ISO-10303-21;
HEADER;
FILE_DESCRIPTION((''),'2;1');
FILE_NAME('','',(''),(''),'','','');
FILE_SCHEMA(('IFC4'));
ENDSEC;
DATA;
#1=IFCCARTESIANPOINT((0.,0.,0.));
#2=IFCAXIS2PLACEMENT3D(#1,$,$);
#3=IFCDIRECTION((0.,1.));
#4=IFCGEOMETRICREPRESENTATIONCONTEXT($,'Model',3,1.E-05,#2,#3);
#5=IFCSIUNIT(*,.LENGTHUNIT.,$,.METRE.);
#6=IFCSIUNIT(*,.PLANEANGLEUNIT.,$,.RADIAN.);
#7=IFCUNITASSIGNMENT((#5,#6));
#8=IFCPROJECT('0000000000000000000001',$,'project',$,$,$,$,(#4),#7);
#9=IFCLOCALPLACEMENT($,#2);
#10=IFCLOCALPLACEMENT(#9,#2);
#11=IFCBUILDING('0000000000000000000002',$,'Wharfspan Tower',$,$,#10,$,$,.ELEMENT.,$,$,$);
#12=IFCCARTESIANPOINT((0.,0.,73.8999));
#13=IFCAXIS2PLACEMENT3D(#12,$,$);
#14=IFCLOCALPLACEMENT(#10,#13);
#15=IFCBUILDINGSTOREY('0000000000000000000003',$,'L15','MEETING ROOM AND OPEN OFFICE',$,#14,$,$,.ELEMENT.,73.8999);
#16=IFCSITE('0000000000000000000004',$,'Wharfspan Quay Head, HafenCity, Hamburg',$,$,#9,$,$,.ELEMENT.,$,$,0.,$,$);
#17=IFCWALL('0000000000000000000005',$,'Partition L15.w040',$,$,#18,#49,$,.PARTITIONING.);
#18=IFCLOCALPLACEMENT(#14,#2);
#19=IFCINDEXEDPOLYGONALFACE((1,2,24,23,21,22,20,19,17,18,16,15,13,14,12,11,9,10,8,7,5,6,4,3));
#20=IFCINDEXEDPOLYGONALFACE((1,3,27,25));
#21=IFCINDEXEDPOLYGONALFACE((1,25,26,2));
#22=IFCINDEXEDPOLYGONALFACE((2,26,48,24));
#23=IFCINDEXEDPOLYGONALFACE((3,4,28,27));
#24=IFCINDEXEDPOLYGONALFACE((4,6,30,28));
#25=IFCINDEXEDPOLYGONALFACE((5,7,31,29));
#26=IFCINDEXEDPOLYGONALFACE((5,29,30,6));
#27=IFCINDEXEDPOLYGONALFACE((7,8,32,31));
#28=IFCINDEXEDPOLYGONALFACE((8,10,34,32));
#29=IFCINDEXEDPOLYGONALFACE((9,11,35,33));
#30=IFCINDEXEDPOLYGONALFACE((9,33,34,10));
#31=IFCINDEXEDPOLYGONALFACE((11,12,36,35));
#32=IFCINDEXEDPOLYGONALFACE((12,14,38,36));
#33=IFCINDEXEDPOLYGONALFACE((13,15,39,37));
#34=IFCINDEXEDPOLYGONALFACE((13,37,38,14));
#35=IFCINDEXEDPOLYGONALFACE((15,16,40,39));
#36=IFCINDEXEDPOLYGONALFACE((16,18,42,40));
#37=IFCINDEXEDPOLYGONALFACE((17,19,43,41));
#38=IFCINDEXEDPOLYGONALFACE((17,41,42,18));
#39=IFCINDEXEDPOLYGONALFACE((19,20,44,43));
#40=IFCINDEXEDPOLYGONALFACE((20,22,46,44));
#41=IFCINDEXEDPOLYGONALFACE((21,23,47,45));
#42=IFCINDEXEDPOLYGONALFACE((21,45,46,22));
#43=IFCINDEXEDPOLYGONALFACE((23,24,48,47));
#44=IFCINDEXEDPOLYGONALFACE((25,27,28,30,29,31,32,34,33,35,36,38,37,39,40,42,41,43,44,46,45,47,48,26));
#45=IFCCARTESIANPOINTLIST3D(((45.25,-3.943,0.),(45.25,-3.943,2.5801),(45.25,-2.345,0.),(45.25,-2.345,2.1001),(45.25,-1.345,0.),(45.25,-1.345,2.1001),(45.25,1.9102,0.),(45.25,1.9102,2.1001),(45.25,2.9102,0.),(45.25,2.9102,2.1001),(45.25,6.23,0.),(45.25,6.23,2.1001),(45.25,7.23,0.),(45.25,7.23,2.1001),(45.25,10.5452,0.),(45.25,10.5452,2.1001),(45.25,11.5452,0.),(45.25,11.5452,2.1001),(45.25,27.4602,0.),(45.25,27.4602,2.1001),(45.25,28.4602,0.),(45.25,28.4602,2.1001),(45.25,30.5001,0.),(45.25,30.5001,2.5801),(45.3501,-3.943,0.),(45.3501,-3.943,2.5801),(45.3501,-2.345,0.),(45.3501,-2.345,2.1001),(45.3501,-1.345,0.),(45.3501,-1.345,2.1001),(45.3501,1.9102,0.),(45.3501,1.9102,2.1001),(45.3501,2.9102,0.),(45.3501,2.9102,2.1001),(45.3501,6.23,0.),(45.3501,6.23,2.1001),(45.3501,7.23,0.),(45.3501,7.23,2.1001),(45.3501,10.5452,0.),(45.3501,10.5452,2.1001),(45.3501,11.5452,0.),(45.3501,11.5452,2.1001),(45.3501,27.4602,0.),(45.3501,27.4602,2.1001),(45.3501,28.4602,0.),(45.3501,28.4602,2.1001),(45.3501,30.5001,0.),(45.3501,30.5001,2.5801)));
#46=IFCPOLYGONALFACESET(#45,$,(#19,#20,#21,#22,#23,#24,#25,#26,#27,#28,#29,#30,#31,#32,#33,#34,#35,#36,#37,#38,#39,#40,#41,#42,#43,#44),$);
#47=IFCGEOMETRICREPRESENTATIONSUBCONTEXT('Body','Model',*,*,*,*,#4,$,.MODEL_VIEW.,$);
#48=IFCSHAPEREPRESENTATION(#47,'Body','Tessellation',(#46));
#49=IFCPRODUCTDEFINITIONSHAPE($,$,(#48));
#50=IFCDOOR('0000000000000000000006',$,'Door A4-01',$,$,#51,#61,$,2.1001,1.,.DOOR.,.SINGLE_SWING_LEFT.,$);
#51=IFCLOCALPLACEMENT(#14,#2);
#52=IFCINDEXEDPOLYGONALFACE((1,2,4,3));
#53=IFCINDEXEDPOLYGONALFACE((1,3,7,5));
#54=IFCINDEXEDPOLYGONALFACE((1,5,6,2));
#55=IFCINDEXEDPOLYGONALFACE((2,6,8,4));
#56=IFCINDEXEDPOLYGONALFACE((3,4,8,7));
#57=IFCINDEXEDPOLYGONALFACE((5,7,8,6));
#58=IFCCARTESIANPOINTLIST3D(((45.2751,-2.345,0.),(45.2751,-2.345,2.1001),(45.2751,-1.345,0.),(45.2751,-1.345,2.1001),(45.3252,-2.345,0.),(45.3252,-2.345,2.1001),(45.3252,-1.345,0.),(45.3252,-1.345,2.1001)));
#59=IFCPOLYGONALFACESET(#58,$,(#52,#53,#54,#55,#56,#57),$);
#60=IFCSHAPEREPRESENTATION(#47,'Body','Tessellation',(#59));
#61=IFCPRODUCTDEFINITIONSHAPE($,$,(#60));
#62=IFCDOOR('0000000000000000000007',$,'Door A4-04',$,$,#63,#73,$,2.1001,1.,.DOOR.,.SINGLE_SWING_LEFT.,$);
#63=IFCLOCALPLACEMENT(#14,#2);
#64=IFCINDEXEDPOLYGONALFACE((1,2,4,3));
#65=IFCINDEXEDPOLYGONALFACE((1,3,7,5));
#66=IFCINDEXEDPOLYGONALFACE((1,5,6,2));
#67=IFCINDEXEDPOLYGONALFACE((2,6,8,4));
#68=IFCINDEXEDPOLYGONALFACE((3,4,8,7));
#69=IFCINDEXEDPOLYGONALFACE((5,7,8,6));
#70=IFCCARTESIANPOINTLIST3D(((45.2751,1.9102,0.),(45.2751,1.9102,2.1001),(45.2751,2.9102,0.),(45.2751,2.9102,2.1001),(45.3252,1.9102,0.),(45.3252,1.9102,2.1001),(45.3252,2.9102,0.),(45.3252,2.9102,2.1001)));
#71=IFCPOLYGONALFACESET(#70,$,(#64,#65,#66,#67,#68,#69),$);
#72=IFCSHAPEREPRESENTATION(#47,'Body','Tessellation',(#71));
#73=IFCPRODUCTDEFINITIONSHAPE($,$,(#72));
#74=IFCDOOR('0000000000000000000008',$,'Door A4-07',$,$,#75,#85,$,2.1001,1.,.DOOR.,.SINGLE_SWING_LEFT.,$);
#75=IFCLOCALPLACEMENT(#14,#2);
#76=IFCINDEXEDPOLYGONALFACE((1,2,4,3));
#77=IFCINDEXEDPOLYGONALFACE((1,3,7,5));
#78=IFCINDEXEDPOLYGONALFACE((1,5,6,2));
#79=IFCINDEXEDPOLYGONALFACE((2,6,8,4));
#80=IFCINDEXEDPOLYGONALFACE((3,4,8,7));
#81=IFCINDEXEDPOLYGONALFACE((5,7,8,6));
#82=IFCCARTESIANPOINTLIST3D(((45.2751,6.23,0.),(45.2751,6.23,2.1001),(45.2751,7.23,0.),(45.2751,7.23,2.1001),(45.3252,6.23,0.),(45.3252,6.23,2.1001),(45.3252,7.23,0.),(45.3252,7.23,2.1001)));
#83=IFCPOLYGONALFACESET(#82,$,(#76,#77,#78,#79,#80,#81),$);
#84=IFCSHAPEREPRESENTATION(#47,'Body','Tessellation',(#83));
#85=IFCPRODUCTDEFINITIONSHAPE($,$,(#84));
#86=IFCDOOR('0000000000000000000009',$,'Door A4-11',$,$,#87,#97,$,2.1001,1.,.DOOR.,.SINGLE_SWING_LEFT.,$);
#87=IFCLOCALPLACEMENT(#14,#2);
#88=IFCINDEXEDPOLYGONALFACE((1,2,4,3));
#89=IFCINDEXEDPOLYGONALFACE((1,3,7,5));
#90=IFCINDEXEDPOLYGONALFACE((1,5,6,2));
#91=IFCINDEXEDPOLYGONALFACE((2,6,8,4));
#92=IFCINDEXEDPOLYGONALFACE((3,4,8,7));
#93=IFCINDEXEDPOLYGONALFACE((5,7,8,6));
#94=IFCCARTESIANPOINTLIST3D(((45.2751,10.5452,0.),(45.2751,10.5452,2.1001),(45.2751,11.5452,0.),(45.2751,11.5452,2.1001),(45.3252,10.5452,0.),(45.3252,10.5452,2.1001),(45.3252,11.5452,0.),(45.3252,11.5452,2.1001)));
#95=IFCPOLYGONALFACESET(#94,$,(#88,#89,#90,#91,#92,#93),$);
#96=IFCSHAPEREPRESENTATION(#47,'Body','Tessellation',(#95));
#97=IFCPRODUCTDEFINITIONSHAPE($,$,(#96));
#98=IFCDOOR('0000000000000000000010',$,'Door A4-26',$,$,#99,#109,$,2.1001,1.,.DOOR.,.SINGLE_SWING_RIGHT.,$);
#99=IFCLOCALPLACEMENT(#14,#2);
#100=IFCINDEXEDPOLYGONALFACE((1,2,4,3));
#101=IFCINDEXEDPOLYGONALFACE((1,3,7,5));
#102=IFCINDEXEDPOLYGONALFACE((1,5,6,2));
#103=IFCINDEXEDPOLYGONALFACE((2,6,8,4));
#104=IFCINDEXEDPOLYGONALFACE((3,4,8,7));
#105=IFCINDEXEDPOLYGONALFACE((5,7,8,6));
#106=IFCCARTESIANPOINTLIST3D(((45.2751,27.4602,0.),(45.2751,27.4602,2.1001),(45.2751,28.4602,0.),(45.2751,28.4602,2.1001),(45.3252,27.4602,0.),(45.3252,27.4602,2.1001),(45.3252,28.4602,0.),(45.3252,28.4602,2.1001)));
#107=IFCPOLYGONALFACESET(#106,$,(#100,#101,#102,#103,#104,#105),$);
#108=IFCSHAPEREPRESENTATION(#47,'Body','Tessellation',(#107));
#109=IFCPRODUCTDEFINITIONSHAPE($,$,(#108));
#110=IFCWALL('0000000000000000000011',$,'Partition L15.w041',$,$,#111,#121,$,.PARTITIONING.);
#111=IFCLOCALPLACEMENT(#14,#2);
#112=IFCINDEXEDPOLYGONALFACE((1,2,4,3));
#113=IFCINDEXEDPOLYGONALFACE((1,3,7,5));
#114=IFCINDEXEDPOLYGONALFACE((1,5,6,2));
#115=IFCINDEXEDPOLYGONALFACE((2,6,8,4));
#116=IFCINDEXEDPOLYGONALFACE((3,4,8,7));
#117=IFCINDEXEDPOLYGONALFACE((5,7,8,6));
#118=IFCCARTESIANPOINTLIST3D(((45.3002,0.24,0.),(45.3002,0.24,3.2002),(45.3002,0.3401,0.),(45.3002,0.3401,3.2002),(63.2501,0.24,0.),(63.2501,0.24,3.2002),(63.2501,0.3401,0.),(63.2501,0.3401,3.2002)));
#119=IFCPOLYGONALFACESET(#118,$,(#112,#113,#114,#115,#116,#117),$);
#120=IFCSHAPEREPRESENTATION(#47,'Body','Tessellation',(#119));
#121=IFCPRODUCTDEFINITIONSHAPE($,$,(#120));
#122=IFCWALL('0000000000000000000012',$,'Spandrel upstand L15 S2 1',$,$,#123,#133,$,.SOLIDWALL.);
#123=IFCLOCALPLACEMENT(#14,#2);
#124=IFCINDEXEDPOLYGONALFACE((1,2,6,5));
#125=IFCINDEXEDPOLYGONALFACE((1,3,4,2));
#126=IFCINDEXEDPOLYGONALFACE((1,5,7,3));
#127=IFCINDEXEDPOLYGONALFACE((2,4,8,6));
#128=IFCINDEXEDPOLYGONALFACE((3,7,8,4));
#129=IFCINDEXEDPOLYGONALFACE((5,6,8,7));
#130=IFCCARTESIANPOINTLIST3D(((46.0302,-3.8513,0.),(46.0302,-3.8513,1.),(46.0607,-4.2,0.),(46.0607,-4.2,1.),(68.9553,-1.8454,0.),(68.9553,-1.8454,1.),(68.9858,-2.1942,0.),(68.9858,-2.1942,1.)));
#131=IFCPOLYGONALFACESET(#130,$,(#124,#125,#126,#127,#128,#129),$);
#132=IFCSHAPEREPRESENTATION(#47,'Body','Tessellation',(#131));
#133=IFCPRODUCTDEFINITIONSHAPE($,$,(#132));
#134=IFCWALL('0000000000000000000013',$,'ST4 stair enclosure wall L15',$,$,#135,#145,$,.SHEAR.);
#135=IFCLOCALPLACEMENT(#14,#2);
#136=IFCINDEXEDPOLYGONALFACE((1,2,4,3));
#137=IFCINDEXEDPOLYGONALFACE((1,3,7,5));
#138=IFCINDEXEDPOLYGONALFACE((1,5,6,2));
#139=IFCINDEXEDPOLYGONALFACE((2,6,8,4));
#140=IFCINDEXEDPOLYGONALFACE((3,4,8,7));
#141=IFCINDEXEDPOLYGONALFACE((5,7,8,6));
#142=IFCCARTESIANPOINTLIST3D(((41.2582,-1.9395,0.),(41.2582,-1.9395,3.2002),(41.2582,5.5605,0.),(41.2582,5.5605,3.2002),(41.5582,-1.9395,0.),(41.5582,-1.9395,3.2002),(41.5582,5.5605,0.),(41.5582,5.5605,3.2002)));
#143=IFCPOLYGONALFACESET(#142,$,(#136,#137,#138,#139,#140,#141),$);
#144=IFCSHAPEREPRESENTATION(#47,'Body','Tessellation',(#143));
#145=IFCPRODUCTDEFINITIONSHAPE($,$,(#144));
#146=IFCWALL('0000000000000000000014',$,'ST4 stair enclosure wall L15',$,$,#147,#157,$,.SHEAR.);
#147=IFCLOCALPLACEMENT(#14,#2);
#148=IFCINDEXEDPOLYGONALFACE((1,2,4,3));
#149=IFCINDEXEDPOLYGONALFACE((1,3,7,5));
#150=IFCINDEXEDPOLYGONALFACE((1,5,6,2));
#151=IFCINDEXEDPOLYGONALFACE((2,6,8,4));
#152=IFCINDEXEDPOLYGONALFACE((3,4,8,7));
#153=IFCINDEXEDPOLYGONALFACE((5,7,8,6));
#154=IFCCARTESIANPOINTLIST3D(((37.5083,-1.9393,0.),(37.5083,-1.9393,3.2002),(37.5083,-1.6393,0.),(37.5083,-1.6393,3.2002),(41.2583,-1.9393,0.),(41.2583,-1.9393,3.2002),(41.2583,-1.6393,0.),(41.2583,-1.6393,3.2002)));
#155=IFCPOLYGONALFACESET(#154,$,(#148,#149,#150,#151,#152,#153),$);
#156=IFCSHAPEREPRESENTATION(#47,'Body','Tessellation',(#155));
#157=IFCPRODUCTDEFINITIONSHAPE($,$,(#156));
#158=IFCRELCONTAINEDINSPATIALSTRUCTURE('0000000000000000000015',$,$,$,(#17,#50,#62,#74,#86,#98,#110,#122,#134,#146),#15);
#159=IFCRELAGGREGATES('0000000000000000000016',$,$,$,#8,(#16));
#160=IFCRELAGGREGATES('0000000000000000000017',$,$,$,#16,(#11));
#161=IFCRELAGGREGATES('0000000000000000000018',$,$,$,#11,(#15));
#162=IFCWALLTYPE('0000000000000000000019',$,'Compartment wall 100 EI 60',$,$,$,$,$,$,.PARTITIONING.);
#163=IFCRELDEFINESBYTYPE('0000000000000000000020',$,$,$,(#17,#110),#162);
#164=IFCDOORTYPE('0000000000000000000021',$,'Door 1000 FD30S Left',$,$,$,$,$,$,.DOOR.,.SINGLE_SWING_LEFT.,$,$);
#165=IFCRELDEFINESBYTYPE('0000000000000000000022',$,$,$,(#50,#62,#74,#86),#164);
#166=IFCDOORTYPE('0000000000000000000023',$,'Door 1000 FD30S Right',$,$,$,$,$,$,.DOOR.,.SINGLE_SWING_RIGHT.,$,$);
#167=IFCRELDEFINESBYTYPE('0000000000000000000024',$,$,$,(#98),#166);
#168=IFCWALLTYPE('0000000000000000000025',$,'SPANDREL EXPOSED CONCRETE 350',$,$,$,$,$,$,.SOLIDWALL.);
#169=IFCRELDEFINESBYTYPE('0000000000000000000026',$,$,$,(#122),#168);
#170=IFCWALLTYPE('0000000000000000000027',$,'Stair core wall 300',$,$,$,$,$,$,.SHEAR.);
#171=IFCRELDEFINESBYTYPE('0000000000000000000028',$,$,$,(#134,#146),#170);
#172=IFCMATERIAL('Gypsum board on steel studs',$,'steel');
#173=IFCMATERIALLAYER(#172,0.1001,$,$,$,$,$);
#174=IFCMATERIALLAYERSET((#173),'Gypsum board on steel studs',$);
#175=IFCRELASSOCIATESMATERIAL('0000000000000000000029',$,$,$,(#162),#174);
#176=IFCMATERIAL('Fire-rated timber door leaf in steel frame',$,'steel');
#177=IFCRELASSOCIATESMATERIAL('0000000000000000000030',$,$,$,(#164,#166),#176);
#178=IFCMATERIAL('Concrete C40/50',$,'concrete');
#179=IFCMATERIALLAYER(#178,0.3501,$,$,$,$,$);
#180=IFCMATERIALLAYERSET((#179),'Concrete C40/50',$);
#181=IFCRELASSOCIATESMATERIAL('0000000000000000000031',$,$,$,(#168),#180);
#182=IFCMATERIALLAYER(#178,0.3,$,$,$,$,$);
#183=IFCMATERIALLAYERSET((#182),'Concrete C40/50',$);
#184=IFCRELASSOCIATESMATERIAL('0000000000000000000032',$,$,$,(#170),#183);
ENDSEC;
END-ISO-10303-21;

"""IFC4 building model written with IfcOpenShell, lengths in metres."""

from ifc_helpers import new_model, si_unit, direction, frame, frame_2d, origin, place, context, subcontext, project, spatial, rectangle, extrude, material, layer, layer_set, type_object, element, fill, save


model = new_model("IFC4")

# Units and contexts
model_context = context("Model", 3, precision=1e-05, world=origin(), true_north=direction((0.0, 1.0)))
body_context = subcontext(model_context, "Body", "Model", "MODEL_VIEW")
ifc_project = project(units=[si_unit("LENGTHUNIT", "METRE"), si_unit("PLANEANGLEUNIT", "RADIAN")], contexts=[model_context])

# Site, building, storey
site_placement = place(None, origin())
site = spatial("IfcSite", under=ifc_project, at=site_placement, Name="Wharfspan Quay Head, HafenCity, Hamburg", CompositionType="ELEMENT", RefElevation=0.0)
building_placement = place(site_placement, origin())
building = spatial("IfcBuilding", under=site, at=building_placement, Name="Wharfspan Tower", CompositionType="ELEMENT")
storey_placement = place(building_placement, frame((0.0, 0.0, 73.8999)))
storey = spatial("IfcBuildingStorey", under=building, at=storey_placement, Name="L15", Description="MEETING ROOM AND OPEN OFFICE", CompositionType="ELEMENT", Elevation=73.8999)

# Wall, openings, doors
ifc_material_1 = material(Name="Gypsum board on steel studs", Category="steel")
ifc_layer_1 = layer(ifc_material_1, 0.1001)
ifc_layer_set_1 = layer_set([ifc_layer_1], Name="Gypsum board on steel studs")
wall_type_1 = type_object("IfcWallType", Name="Compartment wall 100 EI 60", PredefinedType="PARTITIONING", material=ifc_layer_set_1)
wall_1_placement = place(storey_placement, frame((45.3, -3.9431, 0.0), z_axis=(0.0, 0.0, 1.0), x_axis=(0.0, 1.0, 0.0)))
wall_1 = element("IfcWall", 1, at=wall_1_placement, inside=storey, type_object=wall_type_1, Name="Partition L15.w040", PredefinedType="PARTITIONING", context=body_context, shape_type="SweptSolid", body=[
    extrude(rectangle(XDim=34.4431, YDim=0.1001, at=frame_2d((17.2217, 0.0))), origin(), (0.0, 0.0, 1.0), 2.5801),
])
opening_1_placement = place(wall_1_placement, frame((1.5981, 0.0, 0.0)))
opening_1 = element("IfcOpeningElement", 2, at=opening_1_placement, cuts=wall_1, PredefinedType="OPENING", context=body_context, shape_type="SweptSolid", body=[
    extrude(rectangle(XDim=1.0, YDim=2.1001, at=frame_2d((0.5, 1.05))), frame((0.0, 0.0601, 0.0), z_axis=(0.0, -1.0, 0.0), x_axis=(1.0, 0.0, 0.0)), (0.0, 0.0, 1.0), 0.1201),
])
opening_2_placement = place(wall_1_placement, frame((5.8533, 0.0, 0.0)))
opening_2 = element("IfcOpeningElement", 3, at=opening_2_placement, cuts=wall_1, PredefinedType="OPENING", context=body_context, shape_type="SweptSolid", body=[
    extrude(rectangle(XDim=1.0, YDim=2.1001, at=frame_2d((0.5, 1.05))), frame((0.0, 0.0601, 0.0), z_axis=(0.0, -1.0, 0.0), x_axis=(1.0, 0.0, 0.0)), (0.0, 0.0, 1.0), 0.1201),
])
opening_3_placement = place(wall_1_placement, frame((10.1731, 0.0, 0.0)))
opening_3 = element("IfcOpeningElement", 4, at=opening_3_placement, cuts=wall_1, PredefinedType="OPENING", context=body_context, shape_type="SweptSolid", body=[
    extrude(rectangle(XDim=1.0, YDim=2.1001, at=frame_2d((0.5, 1.05))), frame((0.0, 0.0601, 0.0), z_axis=(0.0, -1.0, 0.0), x_axis=(1.0, 0.0, 0.0)), (0.0, 0.0, 1.0), 0.1201),
])
opening_4_placement = place(wall_1_placement, frame((14.4883, 0.0, 0.0)))
opening_4 = element("IfcOpeningElement", 5, at=opening_4_placement, cuts=wall_1, PredefinedType="OPENING", context=body_context, shape_type="SweptSolid", body=[
    extrude(rectangle(XDim=1.0, YDim=2.1001, at=frame_2d((0.5, 1.05))), frame((0.0, 0.0601, 0.0), z_axis=(0.0, -1.0, 0.0), x_axis=(1.0, 0.0, 0.0)), (0.0, 0.0, 1.0), 0.1201),
])
opening_5_placement = place(wall_1_placement, frame((31.4033, 0.0, 0.0)))
opening_5 = element("IfcOpeningElement", 6, at=opening_5_placement, cuts=wall_1, PredefinedType="OPENING", context=body_context, shape_type="SweptSolid", body=[
    extrude(rectangle(XDim=1.0, YDim=2.1001, at=frame_2d((0.5, 1.05))), frame((0.0, 0.0601, 0.0), z_axis=(0.0, -1.0, 0.0), x_axis=(1.0, 0.0, 0.0)), (0.0, 0.0, 1.0), 0.1201),
])
ifc_material_2 = material(Name="Fire-rated timber door leaf in steel frame", Category="steel")
door_type_1 = type_object("IfcDoorType", Name="Door 1000 FD30S Left", OperationType="SINGLE_SWING_LEFT", PredefinedType="DOOR", material=ifc_material_2)
door_1_placement = place(opening_1_placement, origin())
door_1 = element("IfcDoor", 7, at=door_1_placement, inside=storey, type_object=door_type_1, Name="Door A4-01", OperationType="SINGLE_SWING_LEFT", OverallHeight=2.1001, OverallWidth=1.0, PredefinedType="DOOR", context=body_context, shape_type="SweptSolid", body=[
    extrude(rectangle(XDim=1.0, YDim=2.1001, at=frame_2d((0.5, 1.05))), frame((0.0, 0.0249, 0.0), z_axis=(0.0, -1.0, 0.0), x_axis=(1.0, 0.0, 0.0)), (0.0, 0.0, 1.0), 0.05),
])
fill(opening_1, door_1)
door_2_placement = place(opening_2_placement, origin())
door_2 = element("IfcDoor", 8, at=door_2_placement, inside=storey, type_object=door_type_1, Name="Door A4-04", OperationType="SINGLE_SWING_LEFT", OverallHeight=2.1001, OverallWidth=1.0, PredefinedType="DOOR", context=body_context, shape_type="SweptSolid", body=[
    extrude(rectangle(XDim=1.0, YDim=2.1001, at=frame_2d((0.5, 1.05))), frame((0.0, 0.0249, 0.0), z_axis=(0.0, -1.0, 0.0), x_axis=(1.0, 0.0, 0.0)), (0.0, 0.0, 1.0), 0.05),
])
fill(opening_2, door_2)
door_3_placement = place(opening_3_placement, origin())
door_3 = element("IfcDoor", 9, at=door_3_placement, inside=storey, type_object=door_type_1, Name="Door A4-07", OperationType="SINGLE_SWING_LEFT", OverallHeight=2.1001, OverallWidth=1.0, PredefinedType="DOOR", context=body_context, shape_type="SweptSolid", body=[
    extrude(rectangle(XDim=1.0, YDim=2.1001, at=frame_2d((0.5, 1.05))), frame((0.0, 0.0249, 0.0), z_axis=(0.0, -1.0, 0.0), x_axis=(1.0, 0.0, 0.0)), (0.0, 0.0, 1.0), 0.05),
])
fill(opening_3, door_3)
door_4_placement = place(opening_4_placement, origin())
door_4 = element("IfcDoor", 10, at=door_4_placement, inside=storey, type_object=door_type_1, Name="Door A4-11", OperationType="SINGLE_SWING_LEFT", OverallHeight=2.1001, OverallWidth=1.0, PredefinedType="DOOR", context=body_context, shape_type="SweptSolid", body=[
    extrude(rectangle(XDim=1.0, YDim=2.1001, at=frame_2d((0.5, 1.05))), frame((0.0, 0.0249, 0.0), z_axis=(0.0, -1.0, 0.0), x_axis=(1.0, 0.0, 0.0)), (0.0, 0.0, 1.0), 0.05),
])
fill(opening_4, door_4)
door_type_2 = type_object("IfcDoorType", Name="Door 1000 FD30S Right", OperationType="SINGLE_SWING_RIGHT", PredefinedType="DOOR", material=ifc_material_2)
door_5_placement = place(opening_5_placement, origin())
door_5 = element("IfcDoor", 11, at=door_5_placement, inside=storey, type_object=door_type_2, Name="Door A4-26", OperationType="SINGLE_SWING_RIGHT", OverallHeight=2.1001, OverallWidth=1.0, PredefinedType="DOOR", context=body_context, shape_type="SweptSolid", body=[
    extrude(rectangle(XDim=1.0, YDim=2.1001, at=frame_2d((0.5, 1.05))), frame((0.0, 0.0249, 0.0), z_axis=(0.0, -1.0, 0.0), x_axis=(1.0, 0.0, 0.0)), (0.0, 0.0, 1.0), 0.05),
])
fill(opening_5, door_5)

# Walls
wall_2_placement = place(storey_placement, frame((45.3, 0.29, 0.0), z_axis=(0.0, 0.0, 1.0), x_axis=(1.0, 0.0, 0.0)))
element("IfcWall", 12, at=wall_2_placement, inside=storey, type_object=wall_type_1, Name="Partition L15.w041", PredefinedType="PARTITIONING", context=body_context, shape_type="SweptSolid", body=[
    extrude(rectangle(XDim=17.95, YDim=0.1001, at=frame_2d((8.9751, 0.0))), origin(), (0.0, 0.0, 1.0), 3.2002),
])
ifc_material_3 = material(Name="Concrete C40/50", Category="concrete")
ifc_layer_2 = layer(ifc_material_3, 0.3501)
ifc_layer_set_2 = layer_set([ifc_layer_2], Name="Concrete C40/50")
wall_type_2 = type_object("IfcWallType", Name="SPANDREL EXPOSED CONCRETE 350", PredefinedType="SOLIDWALL", material=ifc_layer_set_2)
wall_3_placement = place(storey_placement, frame((46.0454, -4.0256, 0.0), z_axis=(0.0, 0.0, 1.0), x_axis=(0.99619, 0.087163, 0.0)))
element("IfcWall", 13, at=wall_3_placement, inside=storey, type_object=wall_type_2, Name="Spandrel upstand L15 S2 1", PredefinedType="SOLIDWALL", context=body_context, shape_type="SweptSolid", body=[
    extrude(rectangle(XDim=23.0127, YDim=0.3501, at=frame_2d((11.5063, 0.0))), origin(), (0.0, 0.0, 1.0), 1.0),
])
ifc_layer_3 = layer(ifc_material_3, 0.3)
ifc_layer_set_3 = layer_set([ifc_layer_3], Name="Concrete C40/50")
wall_type_3 = type_object("IfcWallType", Name="Stair core wall 300", PredefinedType="SHEAR", material=ifc_layer_set_3)
wall_4_placement = place(storey_placement, frame((41.4082, -1.9395, 0.0), z_axis=(0.0, 0.0, 1.0), x_axis=(0.0, 1.0, 0.0)))
element("IfcWall", 14, at=wall_4_placement, inside=storey, type_object=wall_type_3, Name="ST4 stair enclosure wall L15", PredefinedType="SHEAR", context=body_context, shape_type="SweptSolid", body=[
    extrude(rectangle(XDim=7.5, YDim=0.3, at=frame_2d((3.75, 0.0))), origin(), (0.0, 0.0, 1.0), 3.2002),
])
wall_5_placement = place(storey_placement, frame((37.5083, -1.7893, 0.0), z_axis=(0.0, 0.0, 1.0), x_axis=(1.0, 0.0, 0.0)))
element("IfcWall", 15, at=wall_5_placement, inside=storey, type_object=wall_type_3, Name="ST4 stair enclosure wall L15", PredefinedType="SHEAR", context=body_context, shape_type="SweptSolid", body=[
    extrude(rectangle(XDim=3.75, YDim=0.3, at=frame_2d((1.875, 0.0))), origin(), (0.0, 0.0, 1.0), 3.2002),
])

save(model, "model.ifc")
